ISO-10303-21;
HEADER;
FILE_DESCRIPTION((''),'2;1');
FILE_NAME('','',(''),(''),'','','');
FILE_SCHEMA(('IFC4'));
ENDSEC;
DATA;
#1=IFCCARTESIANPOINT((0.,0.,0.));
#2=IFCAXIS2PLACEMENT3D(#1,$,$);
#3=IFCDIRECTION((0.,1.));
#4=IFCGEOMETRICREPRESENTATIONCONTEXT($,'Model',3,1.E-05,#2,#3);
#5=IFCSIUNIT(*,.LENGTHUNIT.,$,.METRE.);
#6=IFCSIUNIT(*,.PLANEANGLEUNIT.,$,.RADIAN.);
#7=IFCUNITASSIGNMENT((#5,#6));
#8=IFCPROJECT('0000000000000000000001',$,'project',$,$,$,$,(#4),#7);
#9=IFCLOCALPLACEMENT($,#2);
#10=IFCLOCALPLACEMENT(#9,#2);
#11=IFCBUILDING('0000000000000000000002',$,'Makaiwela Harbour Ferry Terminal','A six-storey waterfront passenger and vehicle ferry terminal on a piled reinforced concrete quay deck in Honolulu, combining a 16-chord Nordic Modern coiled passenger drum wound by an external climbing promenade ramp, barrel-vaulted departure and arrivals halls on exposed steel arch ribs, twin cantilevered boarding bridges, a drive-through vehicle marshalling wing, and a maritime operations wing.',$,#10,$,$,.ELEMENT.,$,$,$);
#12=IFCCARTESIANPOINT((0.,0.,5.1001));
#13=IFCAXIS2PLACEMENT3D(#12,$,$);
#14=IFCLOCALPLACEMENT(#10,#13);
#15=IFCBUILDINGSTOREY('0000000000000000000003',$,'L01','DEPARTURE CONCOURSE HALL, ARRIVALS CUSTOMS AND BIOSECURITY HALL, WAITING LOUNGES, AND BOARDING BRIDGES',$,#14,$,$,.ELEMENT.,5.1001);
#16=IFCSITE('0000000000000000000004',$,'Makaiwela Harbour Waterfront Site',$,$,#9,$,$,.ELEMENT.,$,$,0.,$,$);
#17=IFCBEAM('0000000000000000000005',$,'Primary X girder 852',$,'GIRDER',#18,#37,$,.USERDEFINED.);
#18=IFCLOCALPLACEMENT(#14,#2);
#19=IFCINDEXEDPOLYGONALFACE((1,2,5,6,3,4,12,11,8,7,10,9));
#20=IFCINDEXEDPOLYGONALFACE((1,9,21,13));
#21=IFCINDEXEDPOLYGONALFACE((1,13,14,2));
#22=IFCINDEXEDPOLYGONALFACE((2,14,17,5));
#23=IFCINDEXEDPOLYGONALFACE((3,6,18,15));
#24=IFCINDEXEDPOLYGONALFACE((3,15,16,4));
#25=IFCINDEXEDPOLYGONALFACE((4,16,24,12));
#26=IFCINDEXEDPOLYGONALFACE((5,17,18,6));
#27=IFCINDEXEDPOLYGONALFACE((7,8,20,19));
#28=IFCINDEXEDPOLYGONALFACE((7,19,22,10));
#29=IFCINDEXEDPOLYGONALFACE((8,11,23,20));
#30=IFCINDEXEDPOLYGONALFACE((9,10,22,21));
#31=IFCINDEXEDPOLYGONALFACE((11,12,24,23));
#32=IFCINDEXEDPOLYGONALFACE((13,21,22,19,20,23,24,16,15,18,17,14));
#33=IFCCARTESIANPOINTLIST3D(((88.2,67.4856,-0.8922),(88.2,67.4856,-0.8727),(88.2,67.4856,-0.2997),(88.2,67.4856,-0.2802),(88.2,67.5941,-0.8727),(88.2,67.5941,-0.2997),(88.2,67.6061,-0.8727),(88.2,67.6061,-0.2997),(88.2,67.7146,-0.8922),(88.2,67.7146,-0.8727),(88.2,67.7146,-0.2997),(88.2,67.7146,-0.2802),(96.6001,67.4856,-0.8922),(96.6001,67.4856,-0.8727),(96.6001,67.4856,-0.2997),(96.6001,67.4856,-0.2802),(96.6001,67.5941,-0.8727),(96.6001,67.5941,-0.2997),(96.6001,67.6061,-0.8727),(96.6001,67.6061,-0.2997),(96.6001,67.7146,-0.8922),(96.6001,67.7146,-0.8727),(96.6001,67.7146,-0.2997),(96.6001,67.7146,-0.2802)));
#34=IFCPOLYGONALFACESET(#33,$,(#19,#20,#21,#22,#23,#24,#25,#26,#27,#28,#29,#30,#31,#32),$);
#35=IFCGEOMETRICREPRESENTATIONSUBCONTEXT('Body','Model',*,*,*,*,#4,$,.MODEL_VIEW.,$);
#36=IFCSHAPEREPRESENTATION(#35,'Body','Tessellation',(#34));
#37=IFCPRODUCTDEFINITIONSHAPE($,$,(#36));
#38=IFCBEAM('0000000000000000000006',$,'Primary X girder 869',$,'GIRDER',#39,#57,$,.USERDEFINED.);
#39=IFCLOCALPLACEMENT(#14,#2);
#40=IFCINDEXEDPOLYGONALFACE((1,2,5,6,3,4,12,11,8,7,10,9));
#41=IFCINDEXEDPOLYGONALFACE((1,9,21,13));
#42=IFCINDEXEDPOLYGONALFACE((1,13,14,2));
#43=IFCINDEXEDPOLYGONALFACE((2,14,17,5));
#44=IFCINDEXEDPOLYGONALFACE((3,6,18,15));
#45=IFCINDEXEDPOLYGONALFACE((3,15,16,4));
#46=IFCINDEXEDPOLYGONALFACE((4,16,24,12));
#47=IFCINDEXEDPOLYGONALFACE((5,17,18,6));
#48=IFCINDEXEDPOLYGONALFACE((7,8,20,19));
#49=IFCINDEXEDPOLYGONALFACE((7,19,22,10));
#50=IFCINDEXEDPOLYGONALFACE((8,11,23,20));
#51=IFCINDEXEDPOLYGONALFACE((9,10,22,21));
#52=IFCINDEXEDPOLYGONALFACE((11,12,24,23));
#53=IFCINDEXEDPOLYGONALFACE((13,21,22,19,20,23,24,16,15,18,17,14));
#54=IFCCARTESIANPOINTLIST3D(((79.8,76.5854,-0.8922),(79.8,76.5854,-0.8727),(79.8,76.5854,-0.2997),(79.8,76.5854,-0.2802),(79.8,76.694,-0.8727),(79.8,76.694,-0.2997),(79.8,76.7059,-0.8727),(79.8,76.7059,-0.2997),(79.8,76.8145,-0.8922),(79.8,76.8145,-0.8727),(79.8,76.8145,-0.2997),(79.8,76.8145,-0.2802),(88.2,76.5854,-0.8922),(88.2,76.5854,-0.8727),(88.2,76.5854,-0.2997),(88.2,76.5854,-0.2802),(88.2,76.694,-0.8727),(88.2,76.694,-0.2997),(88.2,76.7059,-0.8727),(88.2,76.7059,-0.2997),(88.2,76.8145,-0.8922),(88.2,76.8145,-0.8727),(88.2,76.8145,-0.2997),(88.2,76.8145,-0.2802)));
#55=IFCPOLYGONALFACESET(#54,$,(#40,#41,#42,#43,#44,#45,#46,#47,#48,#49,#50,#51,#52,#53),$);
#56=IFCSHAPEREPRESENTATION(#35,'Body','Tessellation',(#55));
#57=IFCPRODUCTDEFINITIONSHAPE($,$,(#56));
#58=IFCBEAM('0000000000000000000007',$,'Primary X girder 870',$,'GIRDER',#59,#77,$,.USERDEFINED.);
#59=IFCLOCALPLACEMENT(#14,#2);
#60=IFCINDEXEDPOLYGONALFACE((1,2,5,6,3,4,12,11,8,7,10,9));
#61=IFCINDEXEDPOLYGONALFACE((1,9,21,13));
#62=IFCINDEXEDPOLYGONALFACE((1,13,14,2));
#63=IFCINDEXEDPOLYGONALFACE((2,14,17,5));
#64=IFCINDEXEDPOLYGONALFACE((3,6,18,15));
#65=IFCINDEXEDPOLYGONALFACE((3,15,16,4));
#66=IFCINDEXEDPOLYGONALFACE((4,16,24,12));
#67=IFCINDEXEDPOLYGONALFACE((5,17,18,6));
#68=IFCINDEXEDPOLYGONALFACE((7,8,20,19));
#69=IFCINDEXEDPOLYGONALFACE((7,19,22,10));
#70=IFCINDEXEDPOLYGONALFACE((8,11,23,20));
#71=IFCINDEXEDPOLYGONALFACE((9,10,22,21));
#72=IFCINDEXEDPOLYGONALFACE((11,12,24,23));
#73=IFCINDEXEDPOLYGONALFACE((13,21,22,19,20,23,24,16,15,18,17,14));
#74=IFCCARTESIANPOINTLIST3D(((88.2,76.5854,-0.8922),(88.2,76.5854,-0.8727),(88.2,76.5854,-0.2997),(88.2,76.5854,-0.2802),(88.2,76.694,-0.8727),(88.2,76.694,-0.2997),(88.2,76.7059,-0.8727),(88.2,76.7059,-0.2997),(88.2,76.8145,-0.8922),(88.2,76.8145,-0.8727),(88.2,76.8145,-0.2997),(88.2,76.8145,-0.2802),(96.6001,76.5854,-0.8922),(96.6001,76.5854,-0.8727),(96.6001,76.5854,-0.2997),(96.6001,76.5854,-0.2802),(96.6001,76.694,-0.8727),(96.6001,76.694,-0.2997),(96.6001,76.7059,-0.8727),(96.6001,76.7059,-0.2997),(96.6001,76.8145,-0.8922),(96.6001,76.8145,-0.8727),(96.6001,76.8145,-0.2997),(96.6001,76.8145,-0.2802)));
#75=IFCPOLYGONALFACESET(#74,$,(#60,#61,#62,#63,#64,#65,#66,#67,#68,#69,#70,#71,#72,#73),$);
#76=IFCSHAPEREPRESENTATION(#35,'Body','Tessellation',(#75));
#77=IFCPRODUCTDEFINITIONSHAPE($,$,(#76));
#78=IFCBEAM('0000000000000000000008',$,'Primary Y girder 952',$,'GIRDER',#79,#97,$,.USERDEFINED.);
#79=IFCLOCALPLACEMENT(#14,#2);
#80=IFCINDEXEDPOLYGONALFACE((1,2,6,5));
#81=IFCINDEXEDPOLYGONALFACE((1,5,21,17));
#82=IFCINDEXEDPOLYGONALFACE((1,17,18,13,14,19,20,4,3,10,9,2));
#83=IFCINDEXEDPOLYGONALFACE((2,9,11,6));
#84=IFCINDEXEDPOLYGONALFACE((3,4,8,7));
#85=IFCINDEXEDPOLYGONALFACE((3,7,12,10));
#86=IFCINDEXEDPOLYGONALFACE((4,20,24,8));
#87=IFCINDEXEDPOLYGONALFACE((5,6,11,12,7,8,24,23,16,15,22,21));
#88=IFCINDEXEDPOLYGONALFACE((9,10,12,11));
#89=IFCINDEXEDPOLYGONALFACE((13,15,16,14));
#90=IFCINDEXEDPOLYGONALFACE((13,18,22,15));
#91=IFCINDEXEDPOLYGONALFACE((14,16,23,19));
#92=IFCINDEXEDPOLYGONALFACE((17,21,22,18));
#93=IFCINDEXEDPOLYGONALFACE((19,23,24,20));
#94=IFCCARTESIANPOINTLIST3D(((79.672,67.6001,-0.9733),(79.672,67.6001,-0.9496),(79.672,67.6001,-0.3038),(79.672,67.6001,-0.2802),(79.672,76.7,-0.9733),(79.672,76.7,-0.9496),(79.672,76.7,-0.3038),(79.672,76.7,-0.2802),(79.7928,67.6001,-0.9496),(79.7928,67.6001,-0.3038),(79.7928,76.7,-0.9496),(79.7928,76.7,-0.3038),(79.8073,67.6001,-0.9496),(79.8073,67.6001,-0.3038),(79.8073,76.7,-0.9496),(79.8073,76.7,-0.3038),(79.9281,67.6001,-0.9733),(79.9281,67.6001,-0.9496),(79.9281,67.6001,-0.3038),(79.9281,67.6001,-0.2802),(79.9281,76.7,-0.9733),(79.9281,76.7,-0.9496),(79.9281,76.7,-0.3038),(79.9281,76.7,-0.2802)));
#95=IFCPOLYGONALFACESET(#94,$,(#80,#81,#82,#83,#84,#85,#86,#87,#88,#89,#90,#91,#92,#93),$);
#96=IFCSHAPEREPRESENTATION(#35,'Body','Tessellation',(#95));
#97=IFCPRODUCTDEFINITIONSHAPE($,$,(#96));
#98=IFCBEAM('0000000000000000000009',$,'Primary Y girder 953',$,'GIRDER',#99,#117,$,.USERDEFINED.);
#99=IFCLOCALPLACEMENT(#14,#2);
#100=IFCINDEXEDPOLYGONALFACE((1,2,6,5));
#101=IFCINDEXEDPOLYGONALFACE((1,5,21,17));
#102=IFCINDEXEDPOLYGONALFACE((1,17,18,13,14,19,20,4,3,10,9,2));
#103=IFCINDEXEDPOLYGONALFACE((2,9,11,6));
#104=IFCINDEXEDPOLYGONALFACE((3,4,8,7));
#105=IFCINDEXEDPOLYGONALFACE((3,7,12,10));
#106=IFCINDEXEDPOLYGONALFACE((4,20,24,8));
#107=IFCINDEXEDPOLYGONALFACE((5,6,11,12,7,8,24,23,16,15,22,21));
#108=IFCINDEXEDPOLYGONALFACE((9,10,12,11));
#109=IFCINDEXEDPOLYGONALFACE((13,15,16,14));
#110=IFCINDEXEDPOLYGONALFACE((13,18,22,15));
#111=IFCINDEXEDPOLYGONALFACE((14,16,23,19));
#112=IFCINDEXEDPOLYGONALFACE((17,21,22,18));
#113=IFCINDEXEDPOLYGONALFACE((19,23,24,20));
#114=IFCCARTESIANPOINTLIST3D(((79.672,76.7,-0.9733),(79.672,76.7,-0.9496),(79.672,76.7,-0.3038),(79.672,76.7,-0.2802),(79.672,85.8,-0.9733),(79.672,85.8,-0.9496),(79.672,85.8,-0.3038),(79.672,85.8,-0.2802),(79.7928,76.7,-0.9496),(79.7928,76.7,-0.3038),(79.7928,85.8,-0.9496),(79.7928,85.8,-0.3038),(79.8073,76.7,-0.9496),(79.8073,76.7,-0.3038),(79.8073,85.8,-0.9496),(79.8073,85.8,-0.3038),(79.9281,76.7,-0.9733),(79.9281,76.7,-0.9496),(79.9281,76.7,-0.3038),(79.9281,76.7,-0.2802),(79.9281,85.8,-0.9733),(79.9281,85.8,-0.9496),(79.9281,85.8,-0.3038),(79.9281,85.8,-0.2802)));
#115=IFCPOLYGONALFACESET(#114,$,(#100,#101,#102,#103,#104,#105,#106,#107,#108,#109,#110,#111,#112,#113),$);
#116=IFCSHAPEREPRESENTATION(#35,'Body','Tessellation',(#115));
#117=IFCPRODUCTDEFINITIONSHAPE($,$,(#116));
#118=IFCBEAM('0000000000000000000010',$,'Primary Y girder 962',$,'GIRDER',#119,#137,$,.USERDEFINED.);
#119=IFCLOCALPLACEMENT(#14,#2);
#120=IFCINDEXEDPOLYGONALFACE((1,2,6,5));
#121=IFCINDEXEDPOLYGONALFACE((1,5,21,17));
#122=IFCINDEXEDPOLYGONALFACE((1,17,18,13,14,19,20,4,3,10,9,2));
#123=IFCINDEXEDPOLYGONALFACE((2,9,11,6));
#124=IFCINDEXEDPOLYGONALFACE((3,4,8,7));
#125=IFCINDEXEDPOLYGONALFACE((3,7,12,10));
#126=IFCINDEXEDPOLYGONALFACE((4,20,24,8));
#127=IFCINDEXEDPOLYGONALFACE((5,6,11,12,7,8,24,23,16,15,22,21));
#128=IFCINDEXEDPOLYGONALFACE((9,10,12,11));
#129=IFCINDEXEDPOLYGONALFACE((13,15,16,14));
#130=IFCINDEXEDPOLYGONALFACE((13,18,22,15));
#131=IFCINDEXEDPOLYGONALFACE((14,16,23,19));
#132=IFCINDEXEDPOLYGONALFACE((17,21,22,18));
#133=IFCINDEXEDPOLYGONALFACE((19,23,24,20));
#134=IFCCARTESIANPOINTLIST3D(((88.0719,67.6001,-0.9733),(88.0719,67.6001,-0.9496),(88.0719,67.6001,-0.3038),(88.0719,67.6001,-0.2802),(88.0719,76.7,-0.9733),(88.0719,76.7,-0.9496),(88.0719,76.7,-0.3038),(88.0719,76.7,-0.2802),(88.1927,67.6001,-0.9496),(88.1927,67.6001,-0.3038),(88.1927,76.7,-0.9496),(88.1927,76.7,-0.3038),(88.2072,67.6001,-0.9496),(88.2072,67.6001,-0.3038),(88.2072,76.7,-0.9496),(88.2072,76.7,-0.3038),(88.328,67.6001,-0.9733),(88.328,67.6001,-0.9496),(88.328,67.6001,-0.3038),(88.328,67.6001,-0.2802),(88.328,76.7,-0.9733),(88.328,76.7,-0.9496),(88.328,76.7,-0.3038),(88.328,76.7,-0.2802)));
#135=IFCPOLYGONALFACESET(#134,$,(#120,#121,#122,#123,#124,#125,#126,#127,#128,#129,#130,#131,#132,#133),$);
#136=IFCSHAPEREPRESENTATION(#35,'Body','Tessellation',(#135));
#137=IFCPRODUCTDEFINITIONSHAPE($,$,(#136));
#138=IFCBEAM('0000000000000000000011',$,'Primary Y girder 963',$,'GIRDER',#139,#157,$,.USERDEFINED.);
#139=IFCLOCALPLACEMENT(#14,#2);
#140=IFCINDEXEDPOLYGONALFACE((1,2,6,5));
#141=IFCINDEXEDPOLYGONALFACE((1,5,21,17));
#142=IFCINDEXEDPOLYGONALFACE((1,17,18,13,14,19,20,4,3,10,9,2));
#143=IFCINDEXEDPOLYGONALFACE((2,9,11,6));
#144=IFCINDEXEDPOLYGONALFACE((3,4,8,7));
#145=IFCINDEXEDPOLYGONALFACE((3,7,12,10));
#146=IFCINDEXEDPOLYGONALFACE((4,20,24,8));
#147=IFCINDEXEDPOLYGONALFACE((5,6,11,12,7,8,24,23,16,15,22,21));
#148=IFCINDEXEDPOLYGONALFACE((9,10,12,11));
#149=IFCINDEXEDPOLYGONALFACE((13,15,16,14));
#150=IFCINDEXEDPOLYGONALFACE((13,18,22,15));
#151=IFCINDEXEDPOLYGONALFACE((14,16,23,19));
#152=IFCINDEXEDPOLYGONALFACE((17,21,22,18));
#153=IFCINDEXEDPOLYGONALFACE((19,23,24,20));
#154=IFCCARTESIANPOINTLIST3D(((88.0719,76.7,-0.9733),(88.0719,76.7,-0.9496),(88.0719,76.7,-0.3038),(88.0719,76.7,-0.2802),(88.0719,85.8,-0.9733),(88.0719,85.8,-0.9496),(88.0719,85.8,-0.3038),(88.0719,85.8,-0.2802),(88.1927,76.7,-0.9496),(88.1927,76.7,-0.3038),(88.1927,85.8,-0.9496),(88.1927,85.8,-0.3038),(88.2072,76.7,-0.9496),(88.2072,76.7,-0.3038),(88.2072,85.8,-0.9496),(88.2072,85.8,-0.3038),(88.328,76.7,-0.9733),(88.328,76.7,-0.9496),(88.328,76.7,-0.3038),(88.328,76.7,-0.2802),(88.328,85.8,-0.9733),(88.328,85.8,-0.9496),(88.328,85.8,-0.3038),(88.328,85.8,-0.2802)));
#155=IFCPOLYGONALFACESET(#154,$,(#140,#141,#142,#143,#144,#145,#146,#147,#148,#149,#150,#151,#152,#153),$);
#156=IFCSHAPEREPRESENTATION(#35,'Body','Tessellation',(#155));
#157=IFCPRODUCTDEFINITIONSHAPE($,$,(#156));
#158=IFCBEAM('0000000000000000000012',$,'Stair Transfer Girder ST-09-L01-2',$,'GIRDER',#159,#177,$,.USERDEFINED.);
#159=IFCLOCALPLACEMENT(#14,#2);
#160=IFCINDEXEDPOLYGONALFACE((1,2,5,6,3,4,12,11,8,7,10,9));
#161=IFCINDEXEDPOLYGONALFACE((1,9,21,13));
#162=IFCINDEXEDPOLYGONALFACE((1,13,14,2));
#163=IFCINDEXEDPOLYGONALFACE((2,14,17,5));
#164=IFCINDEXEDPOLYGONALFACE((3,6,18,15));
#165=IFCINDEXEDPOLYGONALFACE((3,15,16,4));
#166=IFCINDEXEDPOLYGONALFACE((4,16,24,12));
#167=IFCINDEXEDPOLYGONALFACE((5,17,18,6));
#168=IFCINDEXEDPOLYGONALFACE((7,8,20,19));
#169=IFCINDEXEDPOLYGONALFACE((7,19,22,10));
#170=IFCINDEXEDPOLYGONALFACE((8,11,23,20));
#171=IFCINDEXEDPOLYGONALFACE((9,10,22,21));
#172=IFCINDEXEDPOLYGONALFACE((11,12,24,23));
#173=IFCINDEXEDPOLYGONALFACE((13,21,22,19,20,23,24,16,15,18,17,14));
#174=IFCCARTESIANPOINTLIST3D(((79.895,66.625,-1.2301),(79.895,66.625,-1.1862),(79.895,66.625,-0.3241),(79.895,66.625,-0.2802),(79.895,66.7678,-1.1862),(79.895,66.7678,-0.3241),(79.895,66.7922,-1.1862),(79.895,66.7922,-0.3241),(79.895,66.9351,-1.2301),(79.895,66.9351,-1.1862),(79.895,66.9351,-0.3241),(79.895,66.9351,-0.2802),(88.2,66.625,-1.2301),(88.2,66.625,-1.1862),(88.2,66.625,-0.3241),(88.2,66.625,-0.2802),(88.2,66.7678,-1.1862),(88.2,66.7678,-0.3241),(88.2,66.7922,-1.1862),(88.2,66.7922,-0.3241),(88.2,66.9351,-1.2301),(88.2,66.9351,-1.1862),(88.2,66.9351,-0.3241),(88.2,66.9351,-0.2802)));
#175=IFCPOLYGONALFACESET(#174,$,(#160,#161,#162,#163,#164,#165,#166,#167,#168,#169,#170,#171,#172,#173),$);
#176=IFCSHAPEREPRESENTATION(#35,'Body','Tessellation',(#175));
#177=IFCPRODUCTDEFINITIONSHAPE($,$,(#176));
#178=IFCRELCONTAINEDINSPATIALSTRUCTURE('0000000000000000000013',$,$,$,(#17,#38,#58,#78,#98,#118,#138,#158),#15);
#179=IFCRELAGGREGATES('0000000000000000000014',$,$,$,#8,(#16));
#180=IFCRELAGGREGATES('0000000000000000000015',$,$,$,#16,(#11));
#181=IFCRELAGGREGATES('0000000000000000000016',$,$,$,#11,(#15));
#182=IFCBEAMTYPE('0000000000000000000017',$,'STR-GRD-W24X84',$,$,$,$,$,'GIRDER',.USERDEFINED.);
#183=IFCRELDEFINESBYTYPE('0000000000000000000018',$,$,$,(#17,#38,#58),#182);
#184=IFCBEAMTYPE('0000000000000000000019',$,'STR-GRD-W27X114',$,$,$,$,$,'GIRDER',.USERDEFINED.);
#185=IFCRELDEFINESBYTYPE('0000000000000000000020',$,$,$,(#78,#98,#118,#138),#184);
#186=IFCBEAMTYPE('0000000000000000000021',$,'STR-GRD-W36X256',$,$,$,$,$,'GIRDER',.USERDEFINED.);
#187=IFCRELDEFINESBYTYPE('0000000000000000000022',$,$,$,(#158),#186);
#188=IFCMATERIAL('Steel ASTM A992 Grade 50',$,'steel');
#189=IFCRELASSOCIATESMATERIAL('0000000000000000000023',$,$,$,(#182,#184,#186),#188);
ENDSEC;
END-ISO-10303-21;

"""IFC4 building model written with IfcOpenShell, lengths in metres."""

from ifc_helpers import new_model, si_unit, direction, frame, origin, origin_2d, place, context, subcontext, project, spatial, i_section, extrude, material, material_profile, profile_set, type_object, element, save


model = new_model("IFC4")

# Units and contexts
model_context = context("Model", 3, precision=1e-05, world=origin(), true_north=direction((0.0, 1.0)))
body_context = subcontext(model_context, "Body", "Model", "MODEL_VIEW")
ifc_project = project(units=[si_unit("LENGTHUNIT", "METRE"), si_unit("PLANEANGLEUNIT", "RADIAN")], contexts=[model_context])

# Site, building, storey
site_placement = place(None, origin())
site = spatial("IfcSite", under=ifc_project, at=site_placement, Name="Makaiwela Harbour Waterfront Site", CompositionType="ELEMENT", RefElevation=0.0)
building_placement = place(site_placement, origin())
building = spatial("IfcBuilding", under=site, at=building_placement, Name="Makaiwela Harbour Ferry Terminal", Description="A six-storey waterfront passenger and vehicle ferry terminal on a piled reinforced concrete quay deck in Honolulu, combining a 16-chord Nordic Modern coiled passenger drum wound by an external climbing promenade ramp, barrel-vaulted departure and arrivals halls on exposed steel arch ribs, twin cantilevered boarding bridges, a drive-through vehicle marshalling wing, and a maritime operations wing.", CompositionType="ELEMENT")
storey_placement = place(building_placement, frame((0.0, 0.0, 5.1001)))
storey = spatial("IfcBuildingStorey", under=building, at=storey_placement, Name="L01", Description="DEPARTURE CONCOURSE HALL, ARRIVALS CUSTOMS AND BIOSECURITY HALL, WAITING LOUNGES, AND BOARDING BRIDGES", CompositionType="ELEMENT", Elevation=5.1001)

# Shared definitions
ifc_material_1 = material(Name="Steel ASTM A992 Grade 50", Category="steel")

# Beams
ifc_material_profile_1 = material_profile(ifc_material_1, i_section(OverallWidth=0.229, OverallDepth=0.6121, WebThickness=0.012, FlangeThickness=0.0195, at=origin_2d()), Name="W24X84")
ifc_profile_set_1 = profile_set([ifc_material_profile_1], Name="Steel ASTM A992 Grade 50")
beam_type_1 = type_object("IfcBeamType", Name="STR-GRD-W24X84", ElementType="GIRDER", PredefinedType="USERDEFINED", material=ifc_profile_set_1)
beam_1_placement = place(storey_placement, frame((88.2, 67.6001, -0.5862), z_axis=(1.0, 0.0, 0.0), x_axis=(0.0, 1.0, 0.0)))
element("IfcBeam", 1, at=beam_1_placement, inside=storey, type_object=beam_type_1, Name="Primary X girder 852", ObjectType="GIRDER", PredefinedType="USERDEFINED", context=body_context, shape_type="SweptSolid", body=[
    extrude(i_section(OverallWidth=0.229, OverallDepth=0.6121, WebThickness=0.012, FlangeThickness=0.0195, at=origin_2d()), origin(), (0.0, 0.0, 1.0), 8.4001),
])
beam_2_placement = place(storey_placement, frame((79.8, 76.7, -0.5862), z_axis=(1.0, 0.0, 0.0), x_axis=(0.0, 1.0, 0.0)))
element("IfcBeam", 2, at=beam_2_placement, inside=storey, type_object=beam_type_1, Name="Primary X girder 869", ObjectType="GIRDER", PredefinedType="USERDEFINED", context=body_context, shape_type="SweptSolid", body=[
    extrude(i_section(OverallWidth=0.229, OverallDepth=0.6121, WebThickness=0.012, FlangeThickness=0.0195, at=origin_2d()), origin(), (0.0, 0.0, 1.0), 8.3999),
])
beam_3_placement = place(storey_placement, frame((88.2, 76.7, -0.5862), z_axis=(1.0, 0.0, 0.0), x_axis=(0.0, 1.0, 0.0)))
element("IfcBeam", 3, at=beam_3_placement, inside=storey, type_object=beam_type_1, Name="Primary X girder 870", ObjectType="GIRDER", PredefinedType="USERDEFINED", context=body_context, shape_type="SweptSolid", body=[
    extrude(i_section(OverallWidth=0.229, OverallDepth=0.6121, WebThickness=0.012, FlangeThickness=0.0195, at=origin_2d()), origin(), (0.0, 0.0, 1.0), 8.4001),
])
ifc_material_profile_2 = material_profile(ifc_material_1, i_section(OverallWidth=0.2561, OverallDepth=0.6931, WebThickness=0.0144, FlangeThickness=0.0237, at=origin_2d()), Name="W27X114")
ifc_profile_set_2 = profile_set([ifc_material_profile_2], Name="Steel ASTM A992 Grade 50")
beam_type_2 = type_object("IfcBeamType", Name="STR-GRD-W27X114", ElementType="GIRDER", PredefinedType="USERDEFINED", material=ifc_profile_set_2)
beam_4_placement = place(storey_placement, frame((79.8, 67.6001, -0.6267), z_axis=(0.0, 1.0, 0.0), x_axis=(-1.0, 0.0, 0.0)))
element("IfcBeam", 4, at=beam_4_placement, inside=storey, type_object=beam_type_2, Name="Primary Y girder 952", ObjectType="GIRDER", PredefinedType="USERDEFINED", context=body_context, shape_type="SweptSolid", body=[
    extrude(i_section(OverallWidth=0.2561, OverallDepth=0.6931, WebThickness=0.0144, FlangeThickness=0.0237, at=origin_2d()), origin(), (0.0, 0.0, 1.0), 9.0999),
])
beam_5_placement = place(storey_placement, frame((79.8, 76.7, -0.6267), z_axis=(0.0, 1.0, 0.0), x_axis=(-1.0, 0.0, 0.0)))
element("IfcBeam", 5, at=beam_5_placement, inside=storey, type_object=beam_type_2, Name="Primary Y girder 953", ObjectType="GIRDER", PredefinedType="USERDEFINED", context=body_context, shape_type="SweptSolid", body=[
    extrude(i_section(OverallWidth=0.2561, OverallDepth=0.6931, WebThickness=0.0144, FlangeThickness=0.0237, at=origin_2d()), origin(), (0.0, 0.0, 1.0), 9.1001),
])
beam_6_placement = place(storey_placement, frame((88.2, 67.6001, -0.6267), z_axis=(0.0, 1.0, 0.0), x_axis=(-1.0, 0.0, 0.0)))
element("IfcBeam", 6, at=beam_6_placement, inside=storey, type_object=beam_type_2, Name="Primary Y girder 962", ObjectType="GIRDER", PredefinedType="USERDEFINED", context=body_context, shape_type="SweptSolid", body=[
    extrude(i_section(OverallWidth=0.2561, OverallDepth=0.6931, WebThickness=0.0144, FlangeThickness=0.0237, at=origin_2d()), origin(), (0.0, 0.0, 1.0), 9.0999),
])
beam_7_placement = place(storey_placement, frame((88.2, 76.7, -0.6267), z_axis=(0.0, 1.0, 0.0), x_axis=(-1.0, 0.0, 0.0)))
element("IfcBeam", 7, at=beam_7_placement, inside=storey, type_object=beam_type_2, Name="Primary Y girder 963", ObjectType="GIRDER", PredefinedType="USERDEFINED", context=body_context, shape_type="SweptSolid", body=[
    extrude(i_section(OverallWidth=0.2561, OverallDepth=0.6931, WebThickness=0.0144, FlangeThickness=0.0237, at=origin_2d()), origin(), (0.0, 0.0, 1.0), 9.1001),
])
ifc_material_profile_3 = material_profile(ifc_material_1, i_section(OverallWidth=0.3101, OverallDepth=0.95, WebThickness=0.0244, FlangeThickness=0.0439, at=origin_2d()), Name="W36X256")
ifc_profile_set_3 = profile_set([ifc_material_profile_3], Name="Steel ASTM A992 Grade 50")
beam_type_3 = type_object("IfcBeamType", Name="STR-GRD-W36X256", ElementType="GIRDER", PredefinedType="USERDEFINED", material=ifc_profile_set_3)
beam_8_placement = place(storey_placement, frame((79.895, 66.78, -0.7551), z_axis=(1.0, 0.0, 0.0), x_axis=(0.0, 1.0, 0.0)))
element("IfcBeam", 8, at=beam_8_placement, inside=storey, type_object=beam_type_3, Name="Stair Transfer Girder ST-09-L01-2", ObjectType="GIRDER", PredefinedType="USERDEFINED", context=body_context, shape_type="SweptSolid", body=[
    extrude(i_section(OverallWidth=0.3101, OverallDepth=0.95, WebThickness=0.0244, FlangeThickness=0.0439, at=origin_2d()), origin(), (0.0, 0.0, 1.0), 8.3049),
])

save(model, "model.ifc")
